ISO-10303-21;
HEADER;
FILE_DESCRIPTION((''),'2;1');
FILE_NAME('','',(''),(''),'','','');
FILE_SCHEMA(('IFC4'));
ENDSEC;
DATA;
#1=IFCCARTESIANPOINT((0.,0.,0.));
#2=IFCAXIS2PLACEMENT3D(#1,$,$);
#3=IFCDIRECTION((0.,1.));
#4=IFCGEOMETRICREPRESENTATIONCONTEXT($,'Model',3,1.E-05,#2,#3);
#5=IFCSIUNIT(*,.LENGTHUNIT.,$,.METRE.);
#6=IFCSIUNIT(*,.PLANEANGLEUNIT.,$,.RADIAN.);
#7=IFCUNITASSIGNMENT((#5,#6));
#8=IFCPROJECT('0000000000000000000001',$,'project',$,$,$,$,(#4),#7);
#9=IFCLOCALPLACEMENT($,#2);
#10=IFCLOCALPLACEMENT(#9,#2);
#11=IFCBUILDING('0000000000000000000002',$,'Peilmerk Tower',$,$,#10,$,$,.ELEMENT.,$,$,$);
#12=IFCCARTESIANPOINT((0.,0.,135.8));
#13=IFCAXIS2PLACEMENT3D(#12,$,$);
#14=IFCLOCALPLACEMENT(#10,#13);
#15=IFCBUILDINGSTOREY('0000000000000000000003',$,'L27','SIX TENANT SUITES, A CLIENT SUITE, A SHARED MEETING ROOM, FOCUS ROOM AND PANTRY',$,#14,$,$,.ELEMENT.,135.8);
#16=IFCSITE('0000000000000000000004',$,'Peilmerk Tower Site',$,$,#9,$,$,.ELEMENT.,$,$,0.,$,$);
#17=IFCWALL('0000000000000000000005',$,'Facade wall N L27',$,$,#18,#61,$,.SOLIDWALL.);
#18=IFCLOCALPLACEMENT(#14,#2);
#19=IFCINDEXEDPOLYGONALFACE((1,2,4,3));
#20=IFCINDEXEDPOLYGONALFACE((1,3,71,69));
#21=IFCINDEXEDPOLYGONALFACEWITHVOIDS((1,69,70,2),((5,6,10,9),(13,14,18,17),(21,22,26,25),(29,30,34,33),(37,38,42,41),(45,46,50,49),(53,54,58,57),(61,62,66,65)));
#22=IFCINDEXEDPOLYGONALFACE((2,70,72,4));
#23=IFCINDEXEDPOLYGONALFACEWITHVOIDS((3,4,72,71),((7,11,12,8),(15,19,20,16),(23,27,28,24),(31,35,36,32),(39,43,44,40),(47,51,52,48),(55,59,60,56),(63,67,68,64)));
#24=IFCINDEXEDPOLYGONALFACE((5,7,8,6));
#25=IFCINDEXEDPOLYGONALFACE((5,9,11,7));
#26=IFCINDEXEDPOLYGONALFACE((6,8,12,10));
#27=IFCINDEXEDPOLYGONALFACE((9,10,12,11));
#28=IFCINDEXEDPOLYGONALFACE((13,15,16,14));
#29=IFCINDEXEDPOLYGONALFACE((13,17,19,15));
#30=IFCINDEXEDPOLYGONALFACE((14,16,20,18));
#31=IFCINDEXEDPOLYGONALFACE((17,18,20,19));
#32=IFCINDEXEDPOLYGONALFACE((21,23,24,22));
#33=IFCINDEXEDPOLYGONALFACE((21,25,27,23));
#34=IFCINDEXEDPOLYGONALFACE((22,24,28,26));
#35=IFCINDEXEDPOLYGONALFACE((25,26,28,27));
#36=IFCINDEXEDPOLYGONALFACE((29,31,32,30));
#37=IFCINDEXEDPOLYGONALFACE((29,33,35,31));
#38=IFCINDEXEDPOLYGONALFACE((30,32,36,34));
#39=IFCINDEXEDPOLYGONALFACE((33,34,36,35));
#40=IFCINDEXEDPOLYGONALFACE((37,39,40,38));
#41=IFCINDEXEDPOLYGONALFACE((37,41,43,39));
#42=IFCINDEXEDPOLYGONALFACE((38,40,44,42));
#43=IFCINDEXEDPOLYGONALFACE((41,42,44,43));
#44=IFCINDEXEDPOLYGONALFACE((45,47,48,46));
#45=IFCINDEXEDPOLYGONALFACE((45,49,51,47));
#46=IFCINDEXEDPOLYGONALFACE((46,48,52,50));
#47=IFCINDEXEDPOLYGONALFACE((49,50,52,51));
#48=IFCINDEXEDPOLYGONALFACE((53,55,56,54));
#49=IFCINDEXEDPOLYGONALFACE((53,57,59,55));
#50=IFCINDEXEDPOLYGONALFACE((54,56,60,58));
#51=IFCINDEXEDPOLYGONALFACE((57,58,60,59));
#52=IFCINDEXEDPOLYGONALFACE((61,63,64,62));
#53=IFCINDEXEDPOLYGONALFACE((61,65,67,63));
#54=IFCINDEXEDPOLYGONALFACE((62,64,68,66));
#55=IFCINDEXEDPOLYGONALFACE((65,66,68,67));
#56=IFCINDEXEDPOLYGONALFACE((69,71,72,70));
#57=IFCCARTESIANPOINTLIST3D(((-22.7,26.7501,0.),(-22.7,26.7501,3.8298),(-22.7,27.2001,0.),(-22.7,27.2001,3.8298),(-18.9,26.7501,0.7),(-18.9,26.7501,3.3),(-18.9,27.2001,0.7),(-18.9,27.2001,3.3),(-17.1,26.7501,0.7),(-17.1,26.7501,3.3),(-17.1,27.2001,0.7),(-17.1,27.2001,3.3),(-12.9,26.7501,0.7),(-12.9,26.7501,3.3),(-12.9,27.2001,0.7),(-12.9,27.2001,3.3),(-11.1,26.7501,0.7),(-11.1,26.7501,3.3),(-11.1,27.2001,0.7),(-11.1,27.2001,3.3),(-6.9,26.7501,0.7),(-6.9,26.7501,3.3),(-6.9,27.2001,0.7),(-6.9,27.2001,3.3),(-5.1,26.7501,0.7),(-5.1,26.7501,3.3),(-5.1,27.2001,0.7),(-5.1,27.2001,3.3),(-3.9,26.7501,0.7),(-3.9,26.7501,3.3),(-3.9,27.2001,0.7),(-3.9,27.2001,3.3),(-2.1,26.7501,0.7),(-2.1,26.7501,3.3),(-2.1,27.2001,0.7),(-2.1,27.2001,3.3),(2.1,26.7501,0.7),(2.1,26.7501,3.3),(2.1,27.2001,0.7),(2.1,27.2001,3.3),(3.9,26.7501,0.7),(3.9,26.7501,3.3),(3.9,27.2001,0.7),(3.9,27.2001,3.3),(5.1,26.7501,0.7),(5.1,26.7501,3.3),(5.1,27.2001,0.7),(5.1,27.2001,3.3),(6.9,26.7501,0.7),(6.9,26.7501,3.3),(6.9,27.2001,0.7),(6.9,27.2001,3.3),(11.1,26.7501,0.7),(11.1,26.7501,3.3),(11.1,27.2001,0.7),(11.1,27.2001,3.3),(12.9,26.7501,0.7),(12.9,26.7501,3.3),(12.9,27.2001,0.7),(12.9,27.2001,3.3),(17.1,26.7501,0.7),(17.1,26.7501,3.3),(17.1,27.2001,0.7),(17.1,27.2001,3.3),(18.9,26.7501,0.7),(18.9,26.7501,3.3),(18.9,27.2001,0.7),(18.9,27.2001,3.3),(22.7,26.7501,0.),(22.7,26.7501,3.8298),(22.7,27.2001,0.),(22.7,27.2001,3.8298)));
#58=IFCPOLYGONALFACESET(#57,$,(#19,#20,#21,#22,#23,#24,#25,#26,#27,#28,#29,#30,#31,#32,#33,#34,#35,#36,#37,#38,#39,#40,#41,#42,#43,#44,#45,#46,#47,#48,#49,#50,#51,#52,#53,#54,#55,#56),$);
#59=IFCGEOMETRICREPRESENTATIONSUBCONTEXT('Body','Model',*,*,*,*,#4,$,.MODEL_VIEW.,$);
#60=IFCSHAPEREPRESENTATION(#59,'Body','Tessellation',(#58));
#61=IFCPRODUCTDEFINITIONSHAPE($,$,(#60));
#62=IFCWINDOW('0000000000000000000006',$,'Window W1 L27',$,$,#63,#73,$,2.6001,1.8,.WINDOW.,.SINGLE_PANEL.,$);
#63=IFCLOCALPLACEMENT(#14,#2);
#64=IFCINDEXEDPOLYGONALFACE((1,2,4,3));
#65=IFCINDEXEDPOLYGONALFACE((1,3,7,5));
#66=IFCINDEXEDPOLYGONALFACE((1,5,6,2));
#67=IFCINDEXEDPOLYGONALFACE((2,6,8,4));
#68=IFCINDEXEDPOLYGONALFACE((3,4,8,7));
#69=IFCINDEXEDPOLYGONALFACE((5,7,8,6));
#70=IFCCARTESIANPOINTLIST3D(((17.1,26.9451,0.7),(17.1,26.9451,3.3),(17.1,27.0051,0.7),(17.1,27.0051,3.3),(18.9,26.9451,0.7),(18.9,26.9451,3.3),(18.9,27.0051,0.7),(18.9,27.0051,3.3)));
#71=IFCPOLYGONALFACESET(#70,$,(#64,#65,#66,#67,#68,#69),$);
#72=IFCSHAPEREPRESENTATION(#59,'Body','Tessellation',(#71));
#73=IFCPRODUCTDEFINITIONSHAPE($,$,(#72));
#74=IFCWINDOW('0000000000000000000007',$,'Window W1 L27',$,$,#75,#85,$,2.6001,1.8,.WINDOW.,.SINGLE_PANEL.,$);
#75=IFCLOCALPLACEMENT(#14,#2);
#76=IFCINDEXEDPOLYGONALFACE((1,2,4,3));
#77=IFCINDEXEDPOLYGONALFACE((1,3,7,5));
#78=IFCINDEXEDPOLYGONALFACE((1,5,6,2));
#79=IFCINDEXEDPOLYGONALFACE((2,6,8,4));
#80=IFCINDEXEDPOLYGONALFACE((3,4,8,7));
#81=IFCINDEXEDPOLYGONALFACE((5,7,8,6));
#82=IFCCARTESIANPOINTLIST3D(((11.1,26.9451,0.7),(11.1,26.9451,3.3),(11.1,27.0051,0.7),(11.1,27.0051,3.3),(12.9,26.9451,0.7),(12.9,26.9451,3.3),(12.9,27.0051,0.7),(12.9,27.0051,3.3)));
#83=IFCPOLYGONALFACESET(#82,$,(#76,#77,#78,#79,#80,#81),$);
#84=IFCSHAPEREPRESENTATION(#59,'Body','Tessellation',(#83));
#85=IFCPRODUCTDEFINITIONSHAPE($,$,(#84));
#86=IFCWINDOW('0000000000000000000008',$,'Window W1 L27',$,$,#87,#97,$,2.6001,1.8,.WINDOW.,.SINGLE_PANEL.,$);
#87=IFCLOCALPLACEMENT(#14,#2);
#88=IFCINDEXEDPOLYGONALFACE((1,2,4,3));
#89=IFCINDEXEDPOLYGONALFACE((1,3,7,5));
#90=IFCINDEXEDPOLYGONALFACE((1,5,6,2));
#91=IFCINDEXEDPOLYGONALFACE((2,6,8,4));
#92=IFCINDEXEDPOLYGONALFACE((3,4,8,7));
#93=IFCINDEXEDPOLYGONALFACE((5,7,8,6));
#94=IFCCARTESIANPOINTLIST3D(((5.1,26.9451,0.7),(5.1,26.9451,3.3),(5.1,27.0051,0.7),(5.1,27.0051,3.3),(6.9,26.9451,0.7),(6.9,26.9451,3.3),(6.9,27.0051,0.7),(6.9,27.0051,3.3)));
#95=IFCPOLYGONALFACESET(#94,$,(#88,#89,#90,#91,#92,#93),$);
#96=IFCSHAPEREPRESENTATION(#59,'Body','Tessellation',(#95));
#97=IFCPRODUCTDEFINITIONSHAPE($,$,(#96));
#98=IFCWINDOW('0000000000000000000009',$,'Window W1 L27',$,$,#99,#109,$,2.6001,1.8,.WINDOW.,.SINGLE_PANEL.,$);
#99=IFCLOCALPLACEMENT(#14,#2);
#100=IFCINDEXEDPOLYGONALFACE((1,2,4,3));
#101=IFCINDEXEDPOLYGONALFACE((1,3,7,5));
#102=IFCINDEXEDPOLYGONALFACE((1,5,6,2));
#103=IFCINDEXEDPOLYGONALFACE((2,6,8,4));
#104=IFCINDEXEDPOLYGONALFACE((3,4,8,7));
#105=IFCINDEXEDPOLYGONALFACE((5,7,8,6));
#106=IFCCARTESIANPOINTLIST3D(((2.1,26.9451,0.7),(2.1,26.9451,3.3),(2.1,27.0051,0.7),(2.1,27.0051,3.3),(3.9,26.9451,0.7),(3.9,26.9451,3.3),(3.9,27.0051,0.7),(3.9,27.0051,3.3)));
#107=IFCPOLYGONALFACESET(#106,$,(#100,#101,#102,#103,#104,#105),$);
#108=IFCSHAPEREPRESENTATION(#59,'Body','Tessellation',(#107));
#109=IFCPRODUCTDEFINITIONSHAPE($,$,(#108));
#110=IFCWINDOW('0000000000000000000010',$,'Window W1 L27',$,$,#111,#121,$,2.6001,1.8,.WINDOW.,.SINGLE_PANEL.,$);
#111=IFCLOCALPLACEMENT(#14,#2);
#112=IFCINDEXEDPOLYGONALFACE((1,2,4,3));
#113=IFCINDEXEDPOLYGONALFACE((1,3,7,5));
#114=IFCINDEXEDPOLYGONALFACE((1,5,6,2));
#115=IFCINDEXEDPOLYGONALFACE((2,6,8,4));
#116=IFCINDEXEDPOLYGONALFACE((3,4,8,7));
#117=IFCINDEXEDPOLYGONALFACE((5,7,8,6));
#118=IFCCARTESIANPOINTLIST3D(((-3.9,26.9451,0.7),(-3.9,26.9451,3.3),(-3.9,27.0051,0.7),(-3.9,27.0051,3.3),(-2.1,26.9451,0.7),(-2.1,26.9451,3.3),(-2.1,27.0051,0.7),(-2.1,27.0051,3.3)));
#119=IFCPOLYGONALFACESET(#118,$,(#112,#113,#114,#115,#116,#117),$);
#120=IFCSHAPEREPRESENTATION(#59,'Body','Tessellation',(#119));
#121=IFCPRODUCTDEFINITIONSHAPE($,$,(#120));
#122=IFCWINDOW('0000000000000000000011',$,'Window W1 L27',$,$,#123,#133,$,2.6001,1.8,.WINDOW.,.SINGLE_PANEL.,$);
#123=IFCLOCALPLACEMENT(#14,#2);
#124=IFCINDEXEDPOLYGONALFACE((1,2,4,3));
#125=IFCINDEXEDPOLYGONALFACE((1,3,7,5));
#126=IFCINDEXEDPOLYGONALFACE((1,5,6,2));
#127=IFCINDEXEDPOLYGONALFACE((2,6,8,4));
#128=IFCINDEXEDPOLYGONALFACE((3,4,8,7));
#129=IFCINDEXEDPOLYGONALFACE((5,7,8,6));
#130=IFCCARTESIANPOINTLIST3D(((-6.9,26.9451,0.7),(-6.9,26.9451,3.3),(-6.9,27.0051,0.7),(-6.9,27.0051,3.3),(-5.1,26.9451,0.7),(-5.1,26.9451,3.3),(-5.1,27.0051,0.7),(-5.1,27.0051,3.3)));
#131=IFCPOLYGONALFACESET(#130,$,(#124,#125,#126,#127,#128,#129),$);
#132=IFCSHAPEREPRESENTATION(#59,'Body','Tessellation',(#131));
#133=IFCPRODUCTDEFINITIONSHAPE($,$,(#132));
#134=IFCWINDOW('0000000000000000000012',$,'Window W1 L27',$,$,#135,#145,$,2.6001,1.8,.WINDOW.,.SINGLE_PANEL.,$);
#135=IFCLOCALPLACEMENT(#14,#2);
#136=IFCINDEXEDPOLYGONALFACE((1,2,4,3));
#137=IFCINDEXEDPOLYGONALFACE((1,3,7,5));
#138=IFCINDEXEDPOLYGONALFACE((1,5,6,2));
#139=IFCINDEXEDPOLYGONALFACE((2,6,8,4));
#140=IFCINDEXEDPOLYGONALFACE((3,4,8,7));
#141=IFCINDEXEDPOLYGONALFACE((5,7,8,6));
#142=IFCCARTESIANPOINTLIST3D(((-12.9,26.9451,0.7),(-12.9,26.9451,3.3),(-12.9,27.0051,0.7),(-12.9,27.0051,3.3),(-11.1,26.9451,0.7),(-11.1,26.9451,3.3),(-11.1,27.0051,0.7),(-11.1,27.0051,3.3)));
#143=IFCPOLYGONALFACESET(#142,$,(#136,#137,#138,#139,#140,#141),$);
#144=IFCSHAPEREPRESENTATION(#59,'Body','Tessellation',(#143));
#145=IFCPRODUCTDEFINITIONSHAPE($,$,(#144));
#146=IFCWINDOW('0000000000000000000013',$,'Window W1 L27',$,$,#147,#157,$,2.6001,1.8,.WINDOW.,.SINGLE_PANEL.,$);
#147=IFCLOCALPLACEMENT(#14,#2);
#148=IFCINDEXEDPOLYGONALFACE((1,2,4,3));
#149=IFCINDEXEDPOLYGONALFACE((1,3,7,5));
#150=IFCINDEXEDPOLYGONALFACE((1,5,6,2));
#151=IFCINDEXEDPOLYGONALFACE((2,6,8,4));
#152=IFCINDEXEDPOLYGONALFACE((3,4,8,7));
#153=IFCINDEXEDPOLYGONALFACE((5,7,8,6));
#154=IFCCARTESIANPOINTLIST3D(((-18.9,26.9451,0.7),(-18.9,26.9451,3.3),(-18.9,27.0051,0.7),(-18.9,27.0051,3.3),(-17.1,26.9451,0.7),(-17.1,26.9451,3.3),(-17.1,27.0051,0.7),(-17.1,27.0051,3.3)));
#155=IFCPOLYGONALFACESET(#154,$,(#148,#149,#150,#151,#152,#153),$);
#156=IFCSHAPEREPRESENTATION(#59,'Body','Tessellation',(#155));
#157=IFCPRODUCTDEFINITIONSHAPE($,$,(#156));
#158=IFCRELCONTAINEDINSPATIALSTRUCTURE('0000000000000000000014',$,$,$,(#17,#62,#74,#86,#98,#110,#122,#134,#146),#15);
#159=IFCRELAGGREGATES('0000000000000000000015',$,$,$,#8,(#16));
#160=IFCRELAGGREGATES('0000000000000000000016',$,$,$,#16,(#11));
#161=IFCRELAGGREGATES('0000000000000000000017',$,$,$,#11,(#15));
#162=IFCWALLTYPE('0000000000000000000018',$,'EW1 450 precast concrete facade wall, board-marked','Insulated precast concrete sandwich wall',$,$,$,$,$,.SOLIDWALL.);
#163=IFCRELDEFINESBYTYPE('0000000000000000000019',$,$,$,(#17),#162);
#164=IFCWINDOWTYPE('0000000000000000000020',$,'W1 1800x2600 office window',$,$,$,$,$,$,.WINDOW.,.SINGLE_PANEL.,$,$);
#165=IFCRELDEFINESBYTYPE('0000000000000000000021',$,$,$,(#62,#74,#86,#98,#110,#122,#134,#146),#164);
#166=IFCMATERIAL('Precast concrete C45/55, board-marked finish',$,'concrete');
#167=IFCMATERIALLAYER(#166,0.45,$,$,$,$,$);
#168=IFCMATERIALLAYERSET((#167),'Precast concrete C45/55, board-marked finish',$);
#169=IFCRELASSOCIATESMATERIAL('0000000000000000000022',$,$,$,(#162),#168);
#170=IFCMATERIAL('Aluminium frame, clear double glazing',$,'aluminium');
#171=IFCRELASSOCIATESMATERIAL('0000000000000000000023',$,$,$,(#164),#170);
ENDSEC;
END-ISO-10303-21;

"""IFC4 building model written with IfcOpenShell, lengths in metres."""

from ifc_helpers import new_model, si_unit, direction, frame, frame_2d, origin, place, context, subcontext, project, spatial, rectangle, extrude, material, layer, layer_set, type_object, element, fill, save


model = new_model("IFC4")

# Units and contexts
model_context = context("Model", 3, precision=1e-05, world=origin(), true_north=direction((0.0, 1.0)))
body_context = subcontext(model_context, "Body", "Model", "MODEL_VIEW")
ifc_project = project(units=[si_unit("LENGTHUNIT", "METRE"), si_unit("PLANEANGLEUNIT", "RADIAN")], contexts=[model_context])

# Site, building, storey
site_placement = place(None, origin())
site = spatial("IfcSite", under=ifc_project, at=site_placement, Name="Peilmerk Tower Site", CompositionType="ELEMENT", RefElevation=0.0)
building_placement = place(site_placement, origin())
building = spatial("IfcBuilding", under=site, at=building_placement, Name="Peilmerk Tower", CompositionType="ELEMENT")
storey_placement = place(building_placement, frame((0.0, 0.0, 135.8)))
storey = spatial("IfcBuildingStorey", under=building, at=storey_placement, Name="L27", Description="SIX TENANT SUITES, A CLIENT SUITE, A SHARED MEETING ROOM, FOCUS ROOM AND PANTRY", CompositionType="ELEMENT", Elevation=135.8)

# Wall, openings, windows
ifc_material_1 = material(Name="Precast concrete C45/55, board-marked finish", Category="concrete")
ifc_layer_1 = layer(ifc_material_1, 0.45)
ifc_layer_set_1 = layer_set([ifc_layer_1], Name="Precast concrete C45/55, board-marked finish")
wall_type = type_object("IfcWallType", Name="EW1 450 precast concrete facade wall, board-marked", Description="Insulated precast concrete sandwich wall", PredefinedType="SOLIDWALL", material=ifc_layer_set_1)
wall_placement = place(storey_placement, frame((22.7, 26.9751, 0.0), z_axis=(0.0, 0.0, 1.0), x_axis=(-1.0, 0.0, 0.0)))
wall = element("IfcWall", 1, at=wall_placement, inside=storey, type_object=wall_type, Name="Facade wall N L27", PredefinedType="SOLIDWALL", context=body_context, shape_type="SweptSolid", body=[
    extrude(rectangle(XDim=45.3999, YDim=0.45, at=frame_2d((22.7, 0.0))), origin(), (0.0, 0.0, 1.0), 3.8298),
])
opening_1_placement = place(wall_placement, frame((3.8, 0.0, 0.7)))
opening_1 = element("IfcOpeningElement", 2, at=opening_1_placement, cuts=wall, PredefinedType="OPENING", context=body_context, shape_type="SweptSolid", body=[
    extrude(rectangle(XDim=1.8, YDim=2.6001, at=frame_2d((0.8999, 1.3))), frame((0.0, 0.2349, 0.0), z_axis=(0.0, -1.0, 0.0), x_axis=(1.0, 0.0, 0.0)), (0.0, 0.0, 1.0), 0.47),
])
opening_2_placement = place(wall_placement, frame((9.8, 0.0, 0.7)))
opening_2 = element("IfcOpeningElement", 3, at=opening_2_placement, cuts=wall, PredefinedType="OPENING", context=body_context, shape_type="SweptSolid", body=[
    extrude(rectangle(XDim=1.8, YDim=2.6001, at=frame_2d((0.8999, 1.3))), frame((0.0, 0.2349, 0.0), z_axis=(0.0, -1.0, 0.0), x_axis=(1.0, 0.0, 0.0)), (0.0, 0.0, 1.0), 0.47),
])
opening_3_placement = place(wall_placement, frame((15.8, 0.0, 0.7)))
opening_3 = element("IfcOpeningElement", 4, at=opening_3_placement, cuts=wall, PredefinedType="OPENING", context=body_context, shape_type="SweptSolid", body=[
    extrude(rectangle(XDim=1.8, YDim=2.6001, at=frame_2d((0.8999, 1.3))), frame((0.0, 0.2349, 0.0), z_axis=(0.0, -1.0, 0.0), x_axis=(1.0, 0.0, 0.0)), (0.0, 0.0, 1.0), 0.47),
])
opening_4_placement = place(wall_placement, frame((18.8, 0.0, 0.7)))
opening_4 = element("IfcOpeningElement", 5, at=opening_4_placement, cuts=wall, PredefinedType="OPENING", context=body_context, shape_type="SweptSolid", body=[
    extrude(rectangle(XDim=1.8, YDim=2.6001, at=frame_2d((0.8999, 1.3))), frame((0.0, 0.2349, 0.0), z_axis=(0.0, -1.0, 0.0), x_axis=(1.0, 0.0, 0.0)), (0.0, 0.0, 1.0), 0.47),
])
opening_5_placement = place(wall_placement, frame((24.8, 0.0, 0.7)))
opening_5 = element("IfcOpeningElement", 6, at=opening_5_placement, cuts=wall, PredefinedType="OPENING", context=body_context, shape_type="SweptSolid", body=[
    extrude(rectangle(XDim=1.8, YDim=2.6001, at=frame_2d((0.8999, 1.3))), frame((0.0, 0.2349, 0.0), z_axis=(0.0, -1.0, 0.0), x_axis=(1.0, 0.0, 0.0)), (0.0, 0.0, 1.0), 0.47),
])
opening_6_placement = place(wall_placement, frame((27.8, 0.0, 0.7)))
opening_6 = element("IfcOpeningElement", 7, at=opening_6_placement, cuts=wall, PredefinedType="OPENING", context=body_context, shape_type="SweptSolid", body=[
    extrude(rectangle(XDim=1.8, YDim=2.6001, at=frame_2d((0.8999, 1.3))), frame((0.0, 0.2349, 0.0), z_axis=(0.0, -1.0, 0.0), x_axis=(1.0, 0.0, 0.0)), (0.0, 0.0, 1.0), 0.47),
])
opening_7_placement = place(wall_placement, frame((33.8, 0.0, 0.7)))
opening_7 = element("IfcOpeningElement", 8, at=opening_7_placement, cuts=wall, PredefinedType="OPENING", context=body_context, shape_type="SweptSolid", body=[
    extrude(rectangle(XDim=1.8, YDim=2.6001, at=frame_2d((0.8999, 1.3))), frame((0.0, 0.2349, 0.0), z_axis=(0.0, -1.0, 0.0), x_axis=(1.0, 0.0, 0.0)), (0.0, 0.0, 1.0), 0.47),
])
opening_8_placement = place(wall_placement, frame((39.8, 0.0, 0.7)))
opening_8 = element("IfcOpeningElement", 9, at=opening_8_placement, cuts=wall, PredefinedType="OPENING", context=body_context, shape_type="SweptSolid", body=[
    extrude(rectangle(XDim=1.8, YDim=2.6001, at=frame_2d((0.8999, 1.3))), frame((0.0, 0.2349, 0.0), z_axis=(0.0, -1.0, 0.0), x_axis=(1.0, 0.0, 0.0)), (0.0, 0.0, 1.0), 0.47),
])
ifc_material_2 = material(Name="Aluminium frame, clear double glazing", Category="aluminium")
window_type = type_object("IfcWindowType", Name="W1 1800x2600 office window", PartitioningType="SINGLE_PANEL", PredefinedType="WINDOW", material=ifc_material_2)
window_1_placement = place(opening_1_placement, origin())
window_1 = element("IfcWindow", 10, at=window_1_placement, inside=storey, type_object=window_type, Name="Window W1 L27", OverallHeight=2.6001, OverallWidth=1.8, PartitioningType="SINGLE_PANEL", PredefinedType="WINDOW", context=body_context, shape_type="SweptSolid", body=[
    extrude(rectangle(XDim=1.8, YDim=2.6001, at=frame_2d((0.8999, 1.3))), frame((0.0, 0.03, 0.0), z_axis=(0.0, -1.0, 0.0), x_axis=(1.0, 0.0, 0.0)), (0.0, 0.0, 1.0), 0.0601),
])
fill(opening_1, window_1)
window_2_placement = place(opening_2_placement, origin())
window_2 = element("IfcWindow", 11, at=window_2_placement, inside=storey, type_object=window_type, Name="Window W1 L27", OverallHeight=2.6001, OverallWidth=1.8, PartitioningType="SINGLE_PANEL", PredefinedType="WINDOW", context=body_context, shape_type="SweptSolid", body=[
    extrude(rectangle(XDim=1.8, YDim=2.6001, at=frame_2d((0.8999, 1.3))), frame((0.0, 0.03, 0.0), z_axis=(0.0, -1.0, 0.0), x_axis=(1.0, 0.0, 0.0)), (0.0, 0.0, 1.0), 0.0601),
])
fill(opening_2, window_2)
window_3_placement = place(opening_3_placement, origin())
window_3 = element("IfcWindow", 12, at=window_3_placement, inside=storey, type_object=window_type, Name="Window W1 L27", OverallHeight=2.6001, OverallWidth=1.8, PartitioningType="SINGLE_PANEL", PredefinedType="WINDOW", context=body_context, shape_type="SweptSolid", body=[
    extrude(rectangle(XDim=1.8, YDim=2.6001, at=frame_2d((0.8999, 1.3))), frame((0.0, 0.03, 0.0), z_axis=(0.0, -1.0, 0.0), x_axis=(1.0, 0.0, 0.0)), (0.0, 0.0, 1.0), 0.0601),
])
fill(opening_3, window_3)
window_4_placement = place(opening_4_placement, origin())
window_4 = element("IfcWindow", 13, at=window_4_placement, inside=storey, type_object=window_type, Name="Window W1 L27", OverallHeight=2.6001, OverallWidth=1.8, PartitioningType="SINGLE_PANEL", PredefinedType="WINDOW", context=body_context, shape_type="SweptSolid", body=[
    extrude(rectangle(XDim=1.8, YDim=2.6001, at=frame_2d((0.8999, 1.3))), frame((0.0, 0.03, 0.0), z_axis=(0.0, -1.0, 0.0), x_axis=(1.0, 0.0, 0.0)), (0.0, 0.0, 1.0), 0.0601),
])
fill(opening_4, window_4)
window_5_placement = place(opening_5_placement, origin())
window_5 = element("IfcWindow", 14, at=window_5_placement, inside=storey, type_object=window_type, Name="Window W1 L27", OverallHeight=2.6001, OverallWidth=1.8, PartitioningType="SINGLE_PANEL", PredefinedType="WINDOW", context=body_context, shape_type="SweptSolid", body=[
    extrude(rectangle(XDim=1.8, YDim=2.6001, at=frame_2d((0.8999, 1.3))), frame((0.0, 0.03, 0.0), z_axis=(0.0, -1.0, 0.0), x_axis=(1.0, 0.0, 0.0)), (0.0, 0.0, 1.0), 0.0601),
])
fill(opening_5, window_5)
window_6_placement = place(opening_6_placement, origin())
window_6 = element("IfcWindow", 15, at=window_6_placement, inside=storey, type_object=window_type, Name="Window W1 L27", OverallHeight=2.6001, OverallWidth=1.8, PartitioningType="SINGLE_PANEL", PredefinedType="WINDOW", context=body_context, shape_type="SweptSolid", body=[
    extrude(rectangle(XDim=1.8, YDim=2.6001, at=frame_2d((0.8999, 1.3))), frame((0.0, 0.03, 0.0), z_axis=(0.0, -1.0, 0.0), x_axis=(1.0, 0.0, 0.0)), (0.0, 0.0, 1.0), 0.0601),
])
fill(opening_6, window_6)
window_7_placement = place(opening_7_placement, origin())
window_7 = element("IfcWindow", 16, at=window_7_placement, inside=storey, type_object=window_type, Name="Window W1 L27", OverallHeight=2.6001, OverallWidth=1.8, PartitioningType="SINGLE_PANEL", PredefinedType="WINDOW", context=body_context, shape_type="SweptSolid", body=[
    extrude(rectangle(XDim=1.8, YDim=2.6001, at=frame_2d((0.8999, 1.3))), frame((0.0, 0.03, 0.0), z_axis=(0.0, -1.0, 0.0), x_axis=(1.0, 0.0, 0.0)), (0.0, 0.0, 1.0), 0.0601),
])
fill(opening_7, window_7)
window_8_placement = place(opening_8_placement, origin())
window_8 = element("IfcWindow", 17, at=window_8_placement, inside=storey, type_object=window_type, Name="Window W1 L27", OverallHeight=2.6001, OverallWidth=1.8, PartitioningType="SINGLE_PANEL", PredefinedType="WINDOW", context=body_context, shape_type="SweptSolid", body=[
    extrude(rectangle(XDim=1.8, YDim=2.6001, at=frame_2d((0.8999, 1.3))), frame((0.0, 0.03, 0.0), z_axis=(0.0, -1.0, 0.0), x_axis=(1.0, 0.0, 0.0)), (0.0, 0.0, 1.0), 0.0601),
])
fill(opening_8, window_8)

save(model, "model.ifc")
